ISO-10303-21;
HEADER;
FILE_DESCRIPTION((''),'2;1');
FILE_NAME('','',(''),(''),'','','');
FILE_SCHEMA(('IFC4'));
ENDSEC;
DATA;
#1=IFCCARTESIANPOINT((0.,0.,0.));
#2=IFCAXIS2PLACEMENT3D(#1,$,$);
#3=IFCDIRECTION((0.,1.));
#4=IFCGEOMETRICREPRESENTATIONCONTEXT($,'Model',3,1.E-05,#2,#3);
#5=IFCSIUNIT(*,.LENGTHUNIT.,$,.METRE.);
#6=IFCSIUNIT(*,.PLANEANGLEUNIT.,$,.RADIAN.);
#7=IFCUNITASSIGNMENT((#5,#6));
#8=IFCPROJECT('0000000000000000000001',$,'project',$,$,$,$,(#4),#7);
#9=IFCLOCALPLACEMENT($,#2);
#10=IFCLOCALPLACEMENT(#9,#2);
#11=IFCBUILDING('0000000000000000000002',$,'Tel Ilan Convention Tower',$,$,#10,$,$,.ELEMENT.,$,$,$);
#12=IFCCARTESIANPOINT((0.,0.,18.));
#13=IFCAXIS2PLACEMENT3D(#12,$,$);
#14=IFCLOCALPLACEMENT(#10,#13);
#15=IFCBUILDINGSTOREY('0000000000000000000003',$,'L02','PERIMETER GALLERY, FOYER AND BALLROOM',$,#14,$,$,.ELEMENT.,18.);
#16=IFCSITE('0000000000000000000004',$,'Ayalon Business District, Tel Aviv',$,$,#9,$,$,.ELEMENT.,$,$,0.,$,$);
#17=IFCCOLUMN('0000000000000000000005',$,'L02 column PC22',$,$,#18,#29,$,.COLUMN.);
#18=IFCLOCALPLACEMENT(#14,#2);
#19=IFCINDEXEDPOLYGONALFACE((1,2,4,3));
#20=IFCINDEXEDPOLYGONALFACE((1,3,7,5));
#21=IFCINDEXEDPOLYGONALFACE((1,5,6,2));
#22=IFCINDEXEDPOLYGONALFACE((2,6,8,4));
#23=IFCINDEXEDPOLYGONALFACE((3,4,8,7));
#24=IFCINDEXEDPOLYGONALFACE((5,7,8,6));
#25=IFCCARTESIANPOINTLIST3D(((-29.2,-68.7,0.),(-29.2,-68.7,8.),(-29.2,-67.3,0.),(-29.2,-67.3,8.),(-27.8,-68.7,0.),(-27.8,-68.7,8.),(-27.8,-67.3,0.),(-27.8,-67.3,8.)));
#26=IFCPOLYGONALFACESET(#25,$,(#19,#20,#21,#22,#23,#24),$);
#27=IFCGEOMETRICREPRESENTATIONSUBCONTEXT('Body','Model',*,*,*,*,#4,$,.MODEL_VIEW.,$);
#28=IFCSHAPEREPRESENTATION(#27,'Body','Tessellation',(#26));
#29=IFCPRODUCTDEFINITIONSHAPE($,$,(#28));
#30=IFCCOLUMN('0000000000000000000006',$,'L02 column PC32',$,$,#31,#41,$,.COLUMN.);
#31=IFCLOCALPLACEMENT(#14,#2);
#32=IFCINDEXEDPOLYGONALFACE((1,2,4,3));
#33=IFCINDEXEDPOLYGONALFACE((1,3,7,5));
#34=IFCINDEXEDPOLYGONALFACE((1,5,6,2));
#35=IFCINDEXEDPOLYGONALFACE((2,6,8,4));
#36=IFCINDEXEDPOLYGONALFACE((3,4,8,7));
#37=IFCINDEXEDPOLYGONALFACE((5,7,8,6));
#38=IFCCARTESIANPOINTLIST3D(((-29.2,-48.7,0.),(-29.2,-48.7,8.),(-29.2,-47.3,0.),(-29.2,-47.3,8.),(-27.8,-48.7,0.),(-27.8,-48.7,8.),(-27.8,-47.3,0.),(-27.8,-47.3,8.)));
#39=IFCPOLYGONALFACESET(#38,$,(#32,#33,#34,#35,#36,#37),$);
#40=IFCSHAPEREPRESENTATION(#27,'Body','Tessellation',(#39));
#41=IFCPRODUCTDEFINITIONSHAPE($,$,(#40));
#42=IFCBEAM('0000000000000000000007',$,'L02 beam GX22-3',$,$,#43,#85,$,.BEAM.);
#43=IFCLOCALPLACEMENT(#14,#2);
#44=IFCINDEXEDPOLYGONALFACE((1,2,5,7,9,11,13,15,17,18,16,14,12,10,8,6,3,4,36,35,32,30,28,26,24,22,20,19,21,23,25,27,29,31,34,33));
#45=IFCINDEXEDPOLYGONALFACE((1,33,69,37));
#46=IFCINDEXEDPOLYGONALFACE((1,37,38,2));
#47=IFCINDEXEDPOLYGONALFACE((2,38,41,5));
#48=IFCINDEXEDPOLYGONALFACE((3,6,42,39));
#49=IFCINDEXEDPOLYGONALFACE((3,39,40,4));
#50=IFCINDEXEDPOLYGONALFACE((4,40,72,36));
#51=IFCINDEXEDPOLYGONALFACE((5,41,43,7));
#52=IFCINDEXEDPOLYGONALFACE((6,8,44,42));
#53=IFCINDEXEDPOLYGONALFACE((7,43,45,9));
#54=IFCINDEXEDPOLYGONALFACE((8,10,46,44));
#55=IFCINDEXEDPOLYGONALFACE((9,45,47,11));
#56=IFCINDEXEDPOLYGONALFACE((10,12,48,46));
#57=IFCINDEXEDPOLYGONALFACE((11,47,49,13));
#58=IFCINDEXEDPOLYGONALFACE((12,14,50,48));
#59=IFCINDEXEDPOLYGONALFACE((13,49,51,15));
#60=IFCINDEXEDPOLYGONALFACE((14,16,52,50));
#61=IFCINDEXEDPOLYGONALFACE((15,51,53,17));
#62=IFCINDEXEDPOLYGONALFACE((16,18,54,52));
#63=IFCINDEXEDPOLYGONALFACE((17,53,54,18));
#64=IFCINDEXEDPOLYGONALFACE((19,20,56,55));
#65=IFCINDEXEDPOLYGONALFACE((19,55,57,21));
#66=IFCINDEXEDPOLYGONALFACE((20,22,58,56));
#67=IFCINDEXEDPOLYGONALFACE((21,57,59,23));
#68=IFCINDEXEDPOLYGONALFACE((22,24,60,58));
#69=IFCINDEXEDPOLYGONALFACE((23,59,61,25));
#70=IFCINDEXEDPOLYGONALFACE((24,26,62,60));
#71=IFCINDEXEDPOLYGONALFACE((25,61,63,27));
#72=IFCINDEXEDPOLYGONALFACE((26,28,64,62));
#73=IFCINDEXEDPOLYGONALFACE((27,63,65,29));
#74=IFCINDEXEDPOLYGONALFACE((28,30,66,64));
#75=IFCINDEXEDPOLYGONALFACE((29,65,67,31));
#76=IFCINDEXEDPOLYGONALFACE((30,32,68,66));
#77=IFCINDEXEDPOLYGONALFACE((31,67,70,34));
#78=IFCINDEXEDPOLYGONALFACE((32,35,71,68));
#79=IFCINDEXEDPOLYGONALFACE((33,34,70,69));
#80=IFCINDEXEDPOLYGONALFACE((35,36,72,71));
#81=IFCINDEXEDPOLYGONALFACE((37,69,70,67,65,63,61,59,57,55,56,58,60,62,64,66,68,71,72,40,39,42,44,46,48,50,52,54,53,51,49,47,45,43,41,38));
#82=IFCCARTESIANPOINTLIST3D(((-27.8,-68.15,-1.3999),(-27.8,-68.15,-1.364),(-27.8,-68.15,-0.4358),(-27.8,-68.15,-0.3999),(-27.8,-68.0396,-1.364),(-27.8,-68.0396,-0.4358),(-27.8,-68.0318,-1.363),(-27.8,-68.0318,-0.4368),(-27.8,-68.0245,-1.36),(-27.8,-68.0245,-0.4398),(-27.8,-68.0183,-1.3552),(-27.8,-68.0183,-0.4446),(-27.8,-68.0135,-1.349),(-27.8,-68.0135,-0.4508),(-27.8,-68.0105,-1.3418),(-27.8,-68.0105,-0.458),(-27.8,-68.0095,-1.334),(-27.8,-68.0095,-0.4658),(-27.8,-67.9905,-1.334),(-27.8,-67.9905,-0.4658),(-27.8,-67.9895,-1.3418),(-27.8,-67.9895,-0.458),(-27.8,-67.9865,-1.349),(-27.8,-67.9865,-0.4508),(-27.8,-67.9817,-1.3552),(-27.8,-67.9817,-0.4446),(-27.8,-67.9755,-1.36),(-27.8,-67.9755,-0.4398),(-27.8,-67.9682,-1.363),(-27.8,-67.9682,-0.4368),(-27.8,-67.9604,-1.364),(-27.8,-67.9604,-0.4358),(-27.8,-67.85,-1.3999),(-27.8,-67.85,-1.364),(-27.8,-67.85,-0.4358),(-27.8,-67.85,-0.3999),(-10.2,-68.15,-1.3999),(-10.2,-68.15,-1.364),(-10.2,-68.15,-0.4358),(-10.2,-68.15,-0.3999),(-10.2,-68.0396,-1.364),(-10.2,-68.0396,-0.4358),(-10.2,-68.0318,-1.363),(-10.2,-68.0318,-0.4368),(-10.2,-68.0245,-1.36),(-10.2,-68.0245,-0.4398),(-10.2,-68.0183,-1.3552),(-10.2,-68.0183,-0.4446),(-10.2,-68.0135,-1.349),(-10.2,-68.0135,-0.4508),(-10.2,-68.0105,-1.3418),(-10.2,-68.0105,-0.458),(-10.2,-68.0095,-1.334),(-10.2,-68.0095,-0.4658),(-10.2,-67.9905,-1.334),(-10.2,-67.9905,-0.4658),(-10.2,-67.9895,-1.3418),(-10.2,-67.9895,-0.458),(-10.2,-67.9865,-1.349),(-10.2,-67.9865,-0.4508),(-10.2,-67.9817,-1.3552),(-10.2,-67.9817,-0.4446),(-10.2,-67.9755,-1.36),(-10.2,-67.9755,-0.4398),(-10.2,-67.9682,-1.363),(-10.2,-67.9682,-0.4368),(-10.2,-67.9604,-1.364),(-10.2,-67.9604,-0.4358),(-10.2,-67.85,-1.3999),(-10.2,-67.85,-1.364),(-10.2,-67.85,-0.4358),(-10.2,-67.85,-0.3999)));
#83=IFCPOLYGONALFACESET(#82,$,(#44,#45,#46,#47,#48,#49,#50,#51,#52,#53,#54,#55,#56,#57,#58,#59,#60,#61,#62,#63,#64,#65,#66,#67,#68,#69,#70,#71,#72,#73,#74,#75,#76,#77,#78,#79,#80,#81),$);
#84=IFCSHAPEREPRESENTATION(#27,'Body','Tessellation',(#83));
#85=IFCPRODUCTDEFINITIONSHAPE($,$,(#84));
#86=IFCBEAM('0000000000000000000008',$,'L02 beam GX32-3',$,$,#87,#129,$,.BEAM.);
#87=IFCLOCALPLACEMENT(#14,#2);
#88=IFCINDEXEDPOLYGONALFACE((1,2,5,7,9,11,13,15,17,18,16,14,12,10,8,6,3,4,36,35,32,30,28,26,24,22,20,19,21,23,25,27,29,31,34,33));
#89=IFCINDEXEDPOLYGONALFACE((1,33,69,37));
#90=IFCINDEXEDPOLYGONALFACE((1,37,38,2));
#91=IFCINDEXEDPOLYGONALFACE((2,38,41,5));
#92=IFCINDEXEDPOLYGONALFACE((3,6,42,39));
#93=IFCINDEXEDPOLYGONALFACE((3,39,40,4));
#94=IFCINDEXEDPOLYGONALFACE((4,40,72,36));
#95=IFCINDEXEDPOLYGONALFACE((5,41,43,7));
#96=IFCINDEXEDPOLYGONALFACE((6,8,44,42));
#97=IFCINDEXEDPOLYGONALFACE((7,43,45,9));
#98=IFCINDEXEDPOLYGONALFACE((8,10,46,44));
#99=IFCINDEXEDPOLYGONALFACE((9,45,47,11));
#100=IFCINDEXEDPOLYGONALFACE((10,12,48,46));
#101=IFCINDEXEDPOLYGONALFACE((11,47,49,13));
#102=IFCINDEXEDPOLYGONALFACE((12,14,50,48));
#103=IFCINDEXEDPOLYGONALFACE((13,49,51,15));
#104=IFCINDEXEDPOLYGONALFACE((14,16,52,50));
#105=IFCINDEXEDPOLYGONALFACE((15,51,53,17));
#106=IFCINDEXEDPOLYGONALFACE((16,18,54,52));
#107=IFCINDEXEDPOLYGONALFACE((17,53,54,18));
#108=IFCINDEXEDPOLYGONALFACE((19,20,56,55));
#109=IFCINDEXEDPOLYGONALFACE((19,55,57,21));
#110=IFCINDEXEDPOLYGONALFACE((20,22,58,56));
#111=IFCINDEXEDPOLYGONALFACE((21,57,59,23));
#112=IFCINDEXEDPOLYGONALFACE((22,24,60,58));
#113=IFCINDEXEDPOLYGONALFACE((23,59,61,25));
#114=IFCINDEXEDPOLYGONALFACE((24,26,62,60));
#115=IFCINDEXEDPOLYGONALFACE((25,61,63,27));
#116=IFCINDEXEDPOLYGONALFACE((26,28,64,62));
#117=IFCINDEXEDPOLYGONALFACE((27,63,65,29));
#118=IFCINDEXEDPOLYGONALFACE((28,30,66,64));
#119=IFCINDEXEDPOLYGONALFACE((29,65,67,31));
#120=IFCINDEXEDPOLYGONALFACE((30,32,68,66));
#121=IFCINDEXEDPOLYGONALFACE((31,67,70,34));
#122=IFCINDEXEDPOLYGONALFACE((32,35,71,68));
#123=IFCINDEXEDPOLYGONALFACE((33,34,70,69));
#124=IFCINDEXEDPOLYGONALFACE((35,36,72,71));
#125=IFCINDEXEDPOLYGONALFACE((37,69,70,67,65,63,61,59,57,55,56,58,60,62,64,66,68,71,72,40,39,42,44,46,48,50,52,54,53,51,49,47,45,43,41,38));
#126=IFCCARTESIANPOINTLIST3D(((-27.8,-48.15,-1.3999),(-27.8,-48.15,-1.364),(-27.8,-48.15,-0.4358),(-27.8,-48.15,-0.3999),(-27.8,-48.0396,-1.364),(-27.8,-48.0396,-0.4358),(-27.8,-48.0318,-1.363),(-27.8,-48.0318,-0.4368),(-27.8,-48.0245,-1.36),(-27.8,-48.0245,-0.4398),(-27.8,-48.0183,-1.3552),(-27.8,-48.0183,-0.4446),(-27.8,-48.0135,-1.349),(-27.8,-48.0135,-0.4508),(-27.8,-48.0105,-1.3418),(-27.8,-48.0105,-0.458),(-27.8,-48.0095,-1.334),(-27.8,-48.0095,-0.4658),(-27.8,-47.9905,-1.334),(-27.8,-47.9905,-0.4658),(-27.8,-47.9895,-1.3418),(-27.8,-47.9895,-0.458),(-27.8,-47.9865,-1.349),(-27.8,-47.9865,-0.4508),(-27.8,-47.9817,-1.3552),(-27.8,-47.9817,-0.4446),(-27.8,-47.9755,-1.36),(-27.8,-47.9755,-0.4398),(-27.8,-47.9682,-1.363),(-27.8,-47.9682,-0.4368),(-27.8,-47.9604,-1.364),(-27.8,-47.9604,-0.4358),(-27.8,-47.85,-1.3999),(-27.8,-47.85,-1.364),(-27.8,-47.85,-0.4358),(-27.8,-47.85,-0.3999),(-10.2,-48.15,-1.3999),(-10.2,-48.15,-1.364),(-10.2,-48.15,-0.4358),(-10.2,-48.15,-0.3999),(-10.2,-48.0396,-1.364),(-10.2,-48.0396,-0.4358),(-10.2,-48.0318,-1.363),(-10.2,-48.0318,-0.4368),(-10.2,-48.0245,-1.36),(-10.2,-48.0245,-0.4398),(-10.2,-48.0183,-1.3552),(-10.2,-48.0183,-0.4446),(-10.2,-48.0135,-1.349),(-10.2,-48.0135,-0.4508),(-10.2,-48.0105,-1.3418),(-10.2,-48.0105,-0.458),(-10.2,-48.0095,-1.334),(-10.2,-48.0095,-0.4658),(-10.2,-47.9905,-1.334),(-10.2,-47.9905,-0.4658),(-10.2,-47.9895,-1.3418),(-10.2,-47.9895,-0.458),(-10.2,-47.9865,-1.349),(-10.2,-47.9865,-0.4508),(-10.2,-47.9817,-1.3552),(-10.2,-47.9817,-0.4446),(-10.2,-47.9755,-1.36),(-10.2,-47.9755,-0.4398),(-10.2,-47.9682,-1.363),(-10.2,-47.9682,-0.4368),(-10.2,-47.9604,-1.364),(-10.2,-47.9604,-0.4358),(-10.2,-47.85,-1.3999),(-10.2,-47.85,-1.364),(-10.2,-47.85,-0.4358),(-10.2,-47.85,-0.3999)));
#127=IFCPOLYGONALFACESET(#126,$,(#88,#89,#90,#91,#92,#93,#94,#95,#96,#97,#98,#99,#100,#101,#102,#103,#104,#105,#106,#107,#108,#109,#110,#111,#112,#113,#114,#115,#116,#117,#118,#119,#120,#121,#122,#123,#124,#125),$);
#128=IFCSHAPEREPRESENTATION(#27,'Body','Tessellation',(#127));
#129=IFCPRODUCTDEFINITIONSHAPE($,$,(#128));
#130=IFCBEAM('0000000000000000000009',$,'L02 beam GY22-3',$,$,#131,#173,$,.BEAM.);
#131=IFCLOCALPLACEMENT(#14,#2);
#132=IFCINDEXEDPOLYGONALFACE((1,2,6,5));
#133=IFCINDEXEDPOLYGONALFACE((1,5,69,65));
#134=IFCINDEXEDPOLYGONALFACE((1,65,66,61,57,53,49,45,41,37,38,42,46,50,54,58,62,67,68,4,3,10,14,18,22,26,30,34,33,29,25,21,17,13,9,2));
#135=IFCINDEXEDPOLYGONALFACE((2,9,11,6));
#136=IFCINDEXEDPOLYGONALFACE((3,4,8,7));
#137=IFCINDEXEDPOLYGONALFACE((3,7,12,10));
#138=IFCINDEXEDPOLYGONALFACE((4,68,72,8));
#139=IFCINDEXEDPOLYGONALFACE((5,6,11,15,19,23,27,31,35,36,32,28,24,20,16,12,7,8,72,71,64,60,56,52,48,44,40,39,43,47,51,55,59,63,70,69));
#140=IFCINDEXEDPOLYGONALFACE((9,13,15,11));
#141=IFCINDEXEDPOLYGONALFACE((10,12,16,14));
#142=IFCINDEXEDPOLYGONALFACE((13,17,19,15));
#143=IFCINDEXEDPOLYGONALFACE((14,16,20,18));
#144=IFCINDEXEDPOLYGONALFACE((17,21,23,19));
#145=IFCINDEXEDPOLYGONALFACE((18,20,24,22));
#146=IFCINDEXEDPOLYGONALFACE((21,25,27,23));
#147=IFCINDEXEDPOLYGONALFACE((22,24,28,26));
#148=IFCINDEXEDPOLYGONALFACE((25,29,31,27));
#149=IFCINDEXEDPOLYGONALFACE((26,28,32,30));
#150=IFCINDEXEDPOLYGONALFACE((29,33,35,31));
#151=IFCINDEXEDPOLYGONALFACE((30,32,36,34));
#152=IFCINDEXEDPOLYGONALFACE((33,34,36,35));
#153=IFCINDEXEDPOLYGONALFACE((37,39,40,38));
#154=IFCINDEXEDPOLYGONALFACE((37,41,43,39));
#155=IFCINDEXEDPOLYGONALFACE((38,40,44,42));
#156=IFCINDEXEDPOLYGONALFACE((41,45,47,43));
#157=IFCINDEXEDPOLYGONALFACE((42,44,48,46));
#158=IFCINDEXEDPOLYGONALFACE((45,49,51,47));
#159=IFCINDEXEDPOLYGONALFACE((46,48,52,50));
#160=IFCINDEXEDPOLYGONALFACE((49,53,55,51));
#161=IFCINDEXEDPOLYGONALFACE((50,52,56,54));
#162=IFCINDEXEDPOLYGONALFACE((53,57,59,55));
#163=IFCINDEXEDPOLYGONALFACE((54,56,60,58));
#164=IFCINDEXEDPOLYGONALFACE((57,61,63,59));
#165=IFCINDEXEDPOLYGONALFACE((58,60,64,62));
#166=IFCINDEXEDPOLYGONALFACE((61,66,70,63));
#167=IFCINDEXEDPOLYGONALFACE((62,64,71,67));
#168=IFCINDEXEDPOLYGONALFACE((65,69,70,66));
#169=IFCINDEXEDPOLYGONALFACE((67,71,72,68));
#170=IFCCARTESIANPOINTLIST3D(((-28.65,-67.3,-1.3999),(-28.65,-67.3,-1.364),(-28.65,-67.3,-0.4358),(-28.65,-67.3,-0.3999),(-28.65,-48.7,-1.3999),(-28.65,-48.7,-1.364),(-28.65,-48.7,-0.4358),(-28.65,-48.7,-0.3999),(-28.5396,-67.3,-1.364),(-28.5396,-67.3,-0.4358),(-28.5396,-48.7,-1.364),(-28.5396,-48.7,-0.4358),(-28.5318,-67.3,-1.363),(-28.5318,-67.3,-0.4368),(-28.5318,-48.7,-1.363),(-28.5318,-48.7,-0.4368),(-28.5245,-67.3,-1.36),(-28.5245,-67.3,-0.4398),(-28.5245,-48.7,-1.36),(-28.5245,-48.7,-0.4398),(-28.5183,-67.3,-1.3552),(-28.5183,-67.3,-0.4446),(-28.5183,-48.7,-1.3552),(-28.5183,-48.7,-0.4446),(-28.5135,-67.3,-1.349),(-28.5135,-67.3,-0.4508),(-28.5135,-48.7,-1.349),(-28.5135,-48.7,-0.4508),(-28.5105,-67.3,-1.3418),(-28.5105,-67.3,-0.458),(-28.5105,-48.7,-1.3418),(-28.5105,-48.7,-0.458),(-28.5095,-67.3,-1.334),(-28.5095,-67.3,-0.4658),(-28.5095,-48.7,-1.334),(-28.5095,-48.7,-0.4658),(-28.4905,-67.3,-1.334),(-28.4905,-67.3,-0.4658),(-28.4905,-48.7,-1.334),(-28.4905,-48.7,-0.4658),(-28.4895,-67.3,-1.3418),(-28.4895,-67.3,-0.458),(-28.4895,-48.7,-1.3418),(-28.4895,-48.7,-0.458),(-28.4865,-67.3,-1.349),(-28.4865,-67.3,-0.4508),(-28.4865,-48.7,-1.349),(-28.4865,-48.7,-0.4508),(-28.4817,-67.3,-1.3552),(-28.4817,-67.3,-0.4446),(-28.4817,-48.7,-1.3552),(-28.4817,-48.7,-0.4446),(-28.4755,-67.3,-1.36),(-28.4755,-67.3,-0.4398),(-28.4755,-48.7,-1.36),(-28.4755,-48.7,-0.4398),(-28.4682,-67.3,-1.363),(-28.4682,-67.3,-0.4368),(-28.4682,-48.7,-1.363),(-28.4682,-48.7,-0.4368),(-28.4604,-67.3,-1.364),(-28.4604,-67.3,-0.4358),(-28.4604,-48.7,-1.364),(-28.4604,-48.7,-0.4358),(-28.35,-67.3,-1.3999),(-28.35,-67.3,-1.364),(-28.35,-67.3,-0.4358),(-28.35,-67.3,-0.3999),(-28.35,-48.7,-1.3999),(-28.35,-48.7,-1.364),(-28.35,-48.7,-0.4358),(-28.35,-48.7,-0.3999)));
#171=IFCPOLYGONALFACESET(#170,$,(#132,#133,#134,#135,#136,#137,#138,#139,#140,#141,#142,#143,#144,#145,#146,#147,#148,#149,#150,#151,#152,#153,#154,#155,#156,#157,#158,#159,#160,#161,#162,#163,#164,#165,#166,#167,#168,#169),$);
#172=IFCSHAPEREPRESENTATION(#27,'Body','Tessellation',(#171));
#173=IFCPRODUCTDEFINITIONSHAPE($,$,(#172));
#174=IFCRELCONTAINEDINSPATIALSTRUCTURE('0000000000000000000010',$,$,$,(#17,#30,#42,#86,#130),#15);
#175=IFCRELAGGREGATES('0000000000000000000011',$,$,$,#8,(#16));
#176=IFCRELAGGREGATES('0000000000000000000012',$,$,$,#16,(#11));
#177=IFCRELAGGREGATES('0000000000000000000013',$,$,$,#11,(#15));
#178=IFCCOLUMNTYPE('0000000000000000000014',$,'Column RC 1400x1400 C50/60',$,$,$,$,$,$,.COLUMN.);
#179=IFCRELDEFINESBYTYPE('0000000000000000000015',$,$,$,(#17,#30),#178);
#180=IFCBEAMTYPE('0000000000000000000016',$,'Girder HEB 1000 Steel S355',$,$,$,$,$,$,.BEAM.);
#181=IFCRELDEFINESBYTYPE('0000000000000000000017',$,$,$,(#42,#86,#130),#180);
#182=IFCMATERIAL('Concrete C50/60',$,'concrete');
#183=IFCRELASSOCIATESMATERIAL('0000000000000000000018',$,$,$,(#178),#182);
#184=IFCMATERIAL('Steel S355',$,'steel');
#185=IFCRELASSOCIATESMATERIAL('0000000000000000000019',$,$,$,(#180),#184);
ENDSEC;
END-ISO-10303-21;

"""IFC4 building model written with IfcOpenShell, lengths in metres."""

from ifc_helpers import new_model, si_unit, direction, frame, origin, origin_2d, place, context, subcontext, project, spatial, rectangle, i_section, extrude, material, material_profile, profile_set, type_object, element, save


model = new_model("IFC4")

# Units and contexts
model_context = context("Model", 3, precision=1e-05, world=origin(), true_north=direction((0.0, 1.0)))
body_context = subcontext(model_context, "Body", "Model", "MODEL_VIEW")
ifc_project = project(units=[si_unit("LENGTHUNIT", "METRE"), si_unit("PLANEANGLEUNIT", "RADIAN")], contexts=[model_context])

# Site, building, storey
site_placement = place(None, origin())
site = spatial("IfcSite", under=ifc_project, at=site_placement, Name="Ayalon Business District, Tel Aviv", CompositionType="ELEMENT", RefElevation=0.0)
building_placement = place(site_placement, origin())
building = spatial("IfcBuilding", under=site, at=building_placement, Name="Tel Ilan Convention Tower", CompositionType="ELEMENT")
storey_placement = place(building_placement, frame((0.0, 0.0, 18.0)))
storey = spatial("IfcBuildingStorey", under=building, at=storey_placement, Name="L02", Description="PERIMETER GALLERY, FOYER AND BALLROOM", CompositionType="ELEMENT", Elevation=18.0)

# Columns
ifc_material_1 = material(Name="Concrete C50/60", Category="concrete")
ifc_material_profile_1 = material_profile(ifc_material_1, rectangle(XDim=1.3999, YDim=1.3999, at=origin_2d()), Name="RC 1400x1400")
ifc_profile_set_1 = profile_set([ifc_material_profile_1], Name="Concrete C50/60")
column_type = type_object("IfcColumnType", Name="Column RC 1400x1400 C50/60", PredefinedType="COLUMN", material=ifc_profile_set_1)
for number, where, z_axis, x_axis, name in (
    (1, (-28.5, -68.0, 0.0), (0.0, 0.0, 1.0), (1.0, 0.0, 0.0), "L02 column PC22"),
    (2, (-28.5, -48.0, 0.0), (0.0, 0.0, 1.0), (1.0, 0.0, 0.0), "L02 column PC32"),
):
    element("IfcColumn", number, at=place(storey_placement, frame(where, z_axis=z_axis, x_axis=x_axis)), inside=storey, type_object=column_type, Name=name, PredefinedType="COLUMN", context=body_context, shape_type="SweptSolid", body=[
        extrude(rectangle(XDim=1.3999, YDim=1.3999, at=origin_2d()), origin(), (0.0, 0.0, 1.0), 8.0),
    ])

# Beams
ifc_material_2 = material(Name="Steel S355", Category="steel")
ifc_material_profile_2 = material_profile(ifc_material_2, i_section(OverallWidth=0.3, OverallDepth=1.0, WebThickness=0.019, FlangeThickness=0.0359, FilletRadius=0.03, at=origin_2d()), Name="HEB 1000")
ifc_profile_set_2 = profile_set([ifc_material_profile_2], Name="Steel S355")
beam_type_1 = type_object("IfcBeamType", Name="Girder HEB 1000 Steel S355", PredefinedType="BEAM", material=ifc_profile_set_2)
for number, where, z_axis, x_axis, name in (
    (3, (-27.8, -68.0, -0.8999), (1.0, 0.0, 0.0), (0.0, 1.0, 0.0), "L02 beam GX22-3"),
    (4, (-27.8, -48.0, -0.8999), (1.0, 0.0, 0.0), (0.0, 1.0, 0.0), "L02 beam GX32-3"),
):
    element("IfcBeam", number, at=place(storey_placement, frame(where, z_axis=z_axis, x_axis=x_axis)), inside=storey, type_object=beam_type_1, Name=name, PredefinedType="BEAM", context=body_context, shape_type="SweptSolid", body=[
        extrude(i_section(OverallWidth=0.3, OverallDepth=1.0, WebThickness=0.019, FlangeThickness=0.0359, FilletRadius=0.03, at=origin_2d()), origin(), (0.0, 0.0, 1.0), 17.6001),
    ])
beam_placement = place(storey_placement, frame((-28.5, -67.3, -0.8999), z_axis=(0.0, 1.0, 0.0), x_axis=(-1.0, 0.0, 0.0)))
element("IfcBeam", 5, at=beam_placement, inside=storey, type_object=beam_type_1, Name="L02 beam GY22-3", PredefinedType="BEAM", context=body_context, shape_type="SweptSolid", body=[
    extrude(i_section(OverallWidth=0.3, OverallDepth=1.0, WebThickness=0.019, FlangeThickness=0.0359, FilletRadius=0.03, at=origin_2d()), origin(), (0.0, 0.0, 1.0), 18.6001),
])

save(model, "model.ifc")
